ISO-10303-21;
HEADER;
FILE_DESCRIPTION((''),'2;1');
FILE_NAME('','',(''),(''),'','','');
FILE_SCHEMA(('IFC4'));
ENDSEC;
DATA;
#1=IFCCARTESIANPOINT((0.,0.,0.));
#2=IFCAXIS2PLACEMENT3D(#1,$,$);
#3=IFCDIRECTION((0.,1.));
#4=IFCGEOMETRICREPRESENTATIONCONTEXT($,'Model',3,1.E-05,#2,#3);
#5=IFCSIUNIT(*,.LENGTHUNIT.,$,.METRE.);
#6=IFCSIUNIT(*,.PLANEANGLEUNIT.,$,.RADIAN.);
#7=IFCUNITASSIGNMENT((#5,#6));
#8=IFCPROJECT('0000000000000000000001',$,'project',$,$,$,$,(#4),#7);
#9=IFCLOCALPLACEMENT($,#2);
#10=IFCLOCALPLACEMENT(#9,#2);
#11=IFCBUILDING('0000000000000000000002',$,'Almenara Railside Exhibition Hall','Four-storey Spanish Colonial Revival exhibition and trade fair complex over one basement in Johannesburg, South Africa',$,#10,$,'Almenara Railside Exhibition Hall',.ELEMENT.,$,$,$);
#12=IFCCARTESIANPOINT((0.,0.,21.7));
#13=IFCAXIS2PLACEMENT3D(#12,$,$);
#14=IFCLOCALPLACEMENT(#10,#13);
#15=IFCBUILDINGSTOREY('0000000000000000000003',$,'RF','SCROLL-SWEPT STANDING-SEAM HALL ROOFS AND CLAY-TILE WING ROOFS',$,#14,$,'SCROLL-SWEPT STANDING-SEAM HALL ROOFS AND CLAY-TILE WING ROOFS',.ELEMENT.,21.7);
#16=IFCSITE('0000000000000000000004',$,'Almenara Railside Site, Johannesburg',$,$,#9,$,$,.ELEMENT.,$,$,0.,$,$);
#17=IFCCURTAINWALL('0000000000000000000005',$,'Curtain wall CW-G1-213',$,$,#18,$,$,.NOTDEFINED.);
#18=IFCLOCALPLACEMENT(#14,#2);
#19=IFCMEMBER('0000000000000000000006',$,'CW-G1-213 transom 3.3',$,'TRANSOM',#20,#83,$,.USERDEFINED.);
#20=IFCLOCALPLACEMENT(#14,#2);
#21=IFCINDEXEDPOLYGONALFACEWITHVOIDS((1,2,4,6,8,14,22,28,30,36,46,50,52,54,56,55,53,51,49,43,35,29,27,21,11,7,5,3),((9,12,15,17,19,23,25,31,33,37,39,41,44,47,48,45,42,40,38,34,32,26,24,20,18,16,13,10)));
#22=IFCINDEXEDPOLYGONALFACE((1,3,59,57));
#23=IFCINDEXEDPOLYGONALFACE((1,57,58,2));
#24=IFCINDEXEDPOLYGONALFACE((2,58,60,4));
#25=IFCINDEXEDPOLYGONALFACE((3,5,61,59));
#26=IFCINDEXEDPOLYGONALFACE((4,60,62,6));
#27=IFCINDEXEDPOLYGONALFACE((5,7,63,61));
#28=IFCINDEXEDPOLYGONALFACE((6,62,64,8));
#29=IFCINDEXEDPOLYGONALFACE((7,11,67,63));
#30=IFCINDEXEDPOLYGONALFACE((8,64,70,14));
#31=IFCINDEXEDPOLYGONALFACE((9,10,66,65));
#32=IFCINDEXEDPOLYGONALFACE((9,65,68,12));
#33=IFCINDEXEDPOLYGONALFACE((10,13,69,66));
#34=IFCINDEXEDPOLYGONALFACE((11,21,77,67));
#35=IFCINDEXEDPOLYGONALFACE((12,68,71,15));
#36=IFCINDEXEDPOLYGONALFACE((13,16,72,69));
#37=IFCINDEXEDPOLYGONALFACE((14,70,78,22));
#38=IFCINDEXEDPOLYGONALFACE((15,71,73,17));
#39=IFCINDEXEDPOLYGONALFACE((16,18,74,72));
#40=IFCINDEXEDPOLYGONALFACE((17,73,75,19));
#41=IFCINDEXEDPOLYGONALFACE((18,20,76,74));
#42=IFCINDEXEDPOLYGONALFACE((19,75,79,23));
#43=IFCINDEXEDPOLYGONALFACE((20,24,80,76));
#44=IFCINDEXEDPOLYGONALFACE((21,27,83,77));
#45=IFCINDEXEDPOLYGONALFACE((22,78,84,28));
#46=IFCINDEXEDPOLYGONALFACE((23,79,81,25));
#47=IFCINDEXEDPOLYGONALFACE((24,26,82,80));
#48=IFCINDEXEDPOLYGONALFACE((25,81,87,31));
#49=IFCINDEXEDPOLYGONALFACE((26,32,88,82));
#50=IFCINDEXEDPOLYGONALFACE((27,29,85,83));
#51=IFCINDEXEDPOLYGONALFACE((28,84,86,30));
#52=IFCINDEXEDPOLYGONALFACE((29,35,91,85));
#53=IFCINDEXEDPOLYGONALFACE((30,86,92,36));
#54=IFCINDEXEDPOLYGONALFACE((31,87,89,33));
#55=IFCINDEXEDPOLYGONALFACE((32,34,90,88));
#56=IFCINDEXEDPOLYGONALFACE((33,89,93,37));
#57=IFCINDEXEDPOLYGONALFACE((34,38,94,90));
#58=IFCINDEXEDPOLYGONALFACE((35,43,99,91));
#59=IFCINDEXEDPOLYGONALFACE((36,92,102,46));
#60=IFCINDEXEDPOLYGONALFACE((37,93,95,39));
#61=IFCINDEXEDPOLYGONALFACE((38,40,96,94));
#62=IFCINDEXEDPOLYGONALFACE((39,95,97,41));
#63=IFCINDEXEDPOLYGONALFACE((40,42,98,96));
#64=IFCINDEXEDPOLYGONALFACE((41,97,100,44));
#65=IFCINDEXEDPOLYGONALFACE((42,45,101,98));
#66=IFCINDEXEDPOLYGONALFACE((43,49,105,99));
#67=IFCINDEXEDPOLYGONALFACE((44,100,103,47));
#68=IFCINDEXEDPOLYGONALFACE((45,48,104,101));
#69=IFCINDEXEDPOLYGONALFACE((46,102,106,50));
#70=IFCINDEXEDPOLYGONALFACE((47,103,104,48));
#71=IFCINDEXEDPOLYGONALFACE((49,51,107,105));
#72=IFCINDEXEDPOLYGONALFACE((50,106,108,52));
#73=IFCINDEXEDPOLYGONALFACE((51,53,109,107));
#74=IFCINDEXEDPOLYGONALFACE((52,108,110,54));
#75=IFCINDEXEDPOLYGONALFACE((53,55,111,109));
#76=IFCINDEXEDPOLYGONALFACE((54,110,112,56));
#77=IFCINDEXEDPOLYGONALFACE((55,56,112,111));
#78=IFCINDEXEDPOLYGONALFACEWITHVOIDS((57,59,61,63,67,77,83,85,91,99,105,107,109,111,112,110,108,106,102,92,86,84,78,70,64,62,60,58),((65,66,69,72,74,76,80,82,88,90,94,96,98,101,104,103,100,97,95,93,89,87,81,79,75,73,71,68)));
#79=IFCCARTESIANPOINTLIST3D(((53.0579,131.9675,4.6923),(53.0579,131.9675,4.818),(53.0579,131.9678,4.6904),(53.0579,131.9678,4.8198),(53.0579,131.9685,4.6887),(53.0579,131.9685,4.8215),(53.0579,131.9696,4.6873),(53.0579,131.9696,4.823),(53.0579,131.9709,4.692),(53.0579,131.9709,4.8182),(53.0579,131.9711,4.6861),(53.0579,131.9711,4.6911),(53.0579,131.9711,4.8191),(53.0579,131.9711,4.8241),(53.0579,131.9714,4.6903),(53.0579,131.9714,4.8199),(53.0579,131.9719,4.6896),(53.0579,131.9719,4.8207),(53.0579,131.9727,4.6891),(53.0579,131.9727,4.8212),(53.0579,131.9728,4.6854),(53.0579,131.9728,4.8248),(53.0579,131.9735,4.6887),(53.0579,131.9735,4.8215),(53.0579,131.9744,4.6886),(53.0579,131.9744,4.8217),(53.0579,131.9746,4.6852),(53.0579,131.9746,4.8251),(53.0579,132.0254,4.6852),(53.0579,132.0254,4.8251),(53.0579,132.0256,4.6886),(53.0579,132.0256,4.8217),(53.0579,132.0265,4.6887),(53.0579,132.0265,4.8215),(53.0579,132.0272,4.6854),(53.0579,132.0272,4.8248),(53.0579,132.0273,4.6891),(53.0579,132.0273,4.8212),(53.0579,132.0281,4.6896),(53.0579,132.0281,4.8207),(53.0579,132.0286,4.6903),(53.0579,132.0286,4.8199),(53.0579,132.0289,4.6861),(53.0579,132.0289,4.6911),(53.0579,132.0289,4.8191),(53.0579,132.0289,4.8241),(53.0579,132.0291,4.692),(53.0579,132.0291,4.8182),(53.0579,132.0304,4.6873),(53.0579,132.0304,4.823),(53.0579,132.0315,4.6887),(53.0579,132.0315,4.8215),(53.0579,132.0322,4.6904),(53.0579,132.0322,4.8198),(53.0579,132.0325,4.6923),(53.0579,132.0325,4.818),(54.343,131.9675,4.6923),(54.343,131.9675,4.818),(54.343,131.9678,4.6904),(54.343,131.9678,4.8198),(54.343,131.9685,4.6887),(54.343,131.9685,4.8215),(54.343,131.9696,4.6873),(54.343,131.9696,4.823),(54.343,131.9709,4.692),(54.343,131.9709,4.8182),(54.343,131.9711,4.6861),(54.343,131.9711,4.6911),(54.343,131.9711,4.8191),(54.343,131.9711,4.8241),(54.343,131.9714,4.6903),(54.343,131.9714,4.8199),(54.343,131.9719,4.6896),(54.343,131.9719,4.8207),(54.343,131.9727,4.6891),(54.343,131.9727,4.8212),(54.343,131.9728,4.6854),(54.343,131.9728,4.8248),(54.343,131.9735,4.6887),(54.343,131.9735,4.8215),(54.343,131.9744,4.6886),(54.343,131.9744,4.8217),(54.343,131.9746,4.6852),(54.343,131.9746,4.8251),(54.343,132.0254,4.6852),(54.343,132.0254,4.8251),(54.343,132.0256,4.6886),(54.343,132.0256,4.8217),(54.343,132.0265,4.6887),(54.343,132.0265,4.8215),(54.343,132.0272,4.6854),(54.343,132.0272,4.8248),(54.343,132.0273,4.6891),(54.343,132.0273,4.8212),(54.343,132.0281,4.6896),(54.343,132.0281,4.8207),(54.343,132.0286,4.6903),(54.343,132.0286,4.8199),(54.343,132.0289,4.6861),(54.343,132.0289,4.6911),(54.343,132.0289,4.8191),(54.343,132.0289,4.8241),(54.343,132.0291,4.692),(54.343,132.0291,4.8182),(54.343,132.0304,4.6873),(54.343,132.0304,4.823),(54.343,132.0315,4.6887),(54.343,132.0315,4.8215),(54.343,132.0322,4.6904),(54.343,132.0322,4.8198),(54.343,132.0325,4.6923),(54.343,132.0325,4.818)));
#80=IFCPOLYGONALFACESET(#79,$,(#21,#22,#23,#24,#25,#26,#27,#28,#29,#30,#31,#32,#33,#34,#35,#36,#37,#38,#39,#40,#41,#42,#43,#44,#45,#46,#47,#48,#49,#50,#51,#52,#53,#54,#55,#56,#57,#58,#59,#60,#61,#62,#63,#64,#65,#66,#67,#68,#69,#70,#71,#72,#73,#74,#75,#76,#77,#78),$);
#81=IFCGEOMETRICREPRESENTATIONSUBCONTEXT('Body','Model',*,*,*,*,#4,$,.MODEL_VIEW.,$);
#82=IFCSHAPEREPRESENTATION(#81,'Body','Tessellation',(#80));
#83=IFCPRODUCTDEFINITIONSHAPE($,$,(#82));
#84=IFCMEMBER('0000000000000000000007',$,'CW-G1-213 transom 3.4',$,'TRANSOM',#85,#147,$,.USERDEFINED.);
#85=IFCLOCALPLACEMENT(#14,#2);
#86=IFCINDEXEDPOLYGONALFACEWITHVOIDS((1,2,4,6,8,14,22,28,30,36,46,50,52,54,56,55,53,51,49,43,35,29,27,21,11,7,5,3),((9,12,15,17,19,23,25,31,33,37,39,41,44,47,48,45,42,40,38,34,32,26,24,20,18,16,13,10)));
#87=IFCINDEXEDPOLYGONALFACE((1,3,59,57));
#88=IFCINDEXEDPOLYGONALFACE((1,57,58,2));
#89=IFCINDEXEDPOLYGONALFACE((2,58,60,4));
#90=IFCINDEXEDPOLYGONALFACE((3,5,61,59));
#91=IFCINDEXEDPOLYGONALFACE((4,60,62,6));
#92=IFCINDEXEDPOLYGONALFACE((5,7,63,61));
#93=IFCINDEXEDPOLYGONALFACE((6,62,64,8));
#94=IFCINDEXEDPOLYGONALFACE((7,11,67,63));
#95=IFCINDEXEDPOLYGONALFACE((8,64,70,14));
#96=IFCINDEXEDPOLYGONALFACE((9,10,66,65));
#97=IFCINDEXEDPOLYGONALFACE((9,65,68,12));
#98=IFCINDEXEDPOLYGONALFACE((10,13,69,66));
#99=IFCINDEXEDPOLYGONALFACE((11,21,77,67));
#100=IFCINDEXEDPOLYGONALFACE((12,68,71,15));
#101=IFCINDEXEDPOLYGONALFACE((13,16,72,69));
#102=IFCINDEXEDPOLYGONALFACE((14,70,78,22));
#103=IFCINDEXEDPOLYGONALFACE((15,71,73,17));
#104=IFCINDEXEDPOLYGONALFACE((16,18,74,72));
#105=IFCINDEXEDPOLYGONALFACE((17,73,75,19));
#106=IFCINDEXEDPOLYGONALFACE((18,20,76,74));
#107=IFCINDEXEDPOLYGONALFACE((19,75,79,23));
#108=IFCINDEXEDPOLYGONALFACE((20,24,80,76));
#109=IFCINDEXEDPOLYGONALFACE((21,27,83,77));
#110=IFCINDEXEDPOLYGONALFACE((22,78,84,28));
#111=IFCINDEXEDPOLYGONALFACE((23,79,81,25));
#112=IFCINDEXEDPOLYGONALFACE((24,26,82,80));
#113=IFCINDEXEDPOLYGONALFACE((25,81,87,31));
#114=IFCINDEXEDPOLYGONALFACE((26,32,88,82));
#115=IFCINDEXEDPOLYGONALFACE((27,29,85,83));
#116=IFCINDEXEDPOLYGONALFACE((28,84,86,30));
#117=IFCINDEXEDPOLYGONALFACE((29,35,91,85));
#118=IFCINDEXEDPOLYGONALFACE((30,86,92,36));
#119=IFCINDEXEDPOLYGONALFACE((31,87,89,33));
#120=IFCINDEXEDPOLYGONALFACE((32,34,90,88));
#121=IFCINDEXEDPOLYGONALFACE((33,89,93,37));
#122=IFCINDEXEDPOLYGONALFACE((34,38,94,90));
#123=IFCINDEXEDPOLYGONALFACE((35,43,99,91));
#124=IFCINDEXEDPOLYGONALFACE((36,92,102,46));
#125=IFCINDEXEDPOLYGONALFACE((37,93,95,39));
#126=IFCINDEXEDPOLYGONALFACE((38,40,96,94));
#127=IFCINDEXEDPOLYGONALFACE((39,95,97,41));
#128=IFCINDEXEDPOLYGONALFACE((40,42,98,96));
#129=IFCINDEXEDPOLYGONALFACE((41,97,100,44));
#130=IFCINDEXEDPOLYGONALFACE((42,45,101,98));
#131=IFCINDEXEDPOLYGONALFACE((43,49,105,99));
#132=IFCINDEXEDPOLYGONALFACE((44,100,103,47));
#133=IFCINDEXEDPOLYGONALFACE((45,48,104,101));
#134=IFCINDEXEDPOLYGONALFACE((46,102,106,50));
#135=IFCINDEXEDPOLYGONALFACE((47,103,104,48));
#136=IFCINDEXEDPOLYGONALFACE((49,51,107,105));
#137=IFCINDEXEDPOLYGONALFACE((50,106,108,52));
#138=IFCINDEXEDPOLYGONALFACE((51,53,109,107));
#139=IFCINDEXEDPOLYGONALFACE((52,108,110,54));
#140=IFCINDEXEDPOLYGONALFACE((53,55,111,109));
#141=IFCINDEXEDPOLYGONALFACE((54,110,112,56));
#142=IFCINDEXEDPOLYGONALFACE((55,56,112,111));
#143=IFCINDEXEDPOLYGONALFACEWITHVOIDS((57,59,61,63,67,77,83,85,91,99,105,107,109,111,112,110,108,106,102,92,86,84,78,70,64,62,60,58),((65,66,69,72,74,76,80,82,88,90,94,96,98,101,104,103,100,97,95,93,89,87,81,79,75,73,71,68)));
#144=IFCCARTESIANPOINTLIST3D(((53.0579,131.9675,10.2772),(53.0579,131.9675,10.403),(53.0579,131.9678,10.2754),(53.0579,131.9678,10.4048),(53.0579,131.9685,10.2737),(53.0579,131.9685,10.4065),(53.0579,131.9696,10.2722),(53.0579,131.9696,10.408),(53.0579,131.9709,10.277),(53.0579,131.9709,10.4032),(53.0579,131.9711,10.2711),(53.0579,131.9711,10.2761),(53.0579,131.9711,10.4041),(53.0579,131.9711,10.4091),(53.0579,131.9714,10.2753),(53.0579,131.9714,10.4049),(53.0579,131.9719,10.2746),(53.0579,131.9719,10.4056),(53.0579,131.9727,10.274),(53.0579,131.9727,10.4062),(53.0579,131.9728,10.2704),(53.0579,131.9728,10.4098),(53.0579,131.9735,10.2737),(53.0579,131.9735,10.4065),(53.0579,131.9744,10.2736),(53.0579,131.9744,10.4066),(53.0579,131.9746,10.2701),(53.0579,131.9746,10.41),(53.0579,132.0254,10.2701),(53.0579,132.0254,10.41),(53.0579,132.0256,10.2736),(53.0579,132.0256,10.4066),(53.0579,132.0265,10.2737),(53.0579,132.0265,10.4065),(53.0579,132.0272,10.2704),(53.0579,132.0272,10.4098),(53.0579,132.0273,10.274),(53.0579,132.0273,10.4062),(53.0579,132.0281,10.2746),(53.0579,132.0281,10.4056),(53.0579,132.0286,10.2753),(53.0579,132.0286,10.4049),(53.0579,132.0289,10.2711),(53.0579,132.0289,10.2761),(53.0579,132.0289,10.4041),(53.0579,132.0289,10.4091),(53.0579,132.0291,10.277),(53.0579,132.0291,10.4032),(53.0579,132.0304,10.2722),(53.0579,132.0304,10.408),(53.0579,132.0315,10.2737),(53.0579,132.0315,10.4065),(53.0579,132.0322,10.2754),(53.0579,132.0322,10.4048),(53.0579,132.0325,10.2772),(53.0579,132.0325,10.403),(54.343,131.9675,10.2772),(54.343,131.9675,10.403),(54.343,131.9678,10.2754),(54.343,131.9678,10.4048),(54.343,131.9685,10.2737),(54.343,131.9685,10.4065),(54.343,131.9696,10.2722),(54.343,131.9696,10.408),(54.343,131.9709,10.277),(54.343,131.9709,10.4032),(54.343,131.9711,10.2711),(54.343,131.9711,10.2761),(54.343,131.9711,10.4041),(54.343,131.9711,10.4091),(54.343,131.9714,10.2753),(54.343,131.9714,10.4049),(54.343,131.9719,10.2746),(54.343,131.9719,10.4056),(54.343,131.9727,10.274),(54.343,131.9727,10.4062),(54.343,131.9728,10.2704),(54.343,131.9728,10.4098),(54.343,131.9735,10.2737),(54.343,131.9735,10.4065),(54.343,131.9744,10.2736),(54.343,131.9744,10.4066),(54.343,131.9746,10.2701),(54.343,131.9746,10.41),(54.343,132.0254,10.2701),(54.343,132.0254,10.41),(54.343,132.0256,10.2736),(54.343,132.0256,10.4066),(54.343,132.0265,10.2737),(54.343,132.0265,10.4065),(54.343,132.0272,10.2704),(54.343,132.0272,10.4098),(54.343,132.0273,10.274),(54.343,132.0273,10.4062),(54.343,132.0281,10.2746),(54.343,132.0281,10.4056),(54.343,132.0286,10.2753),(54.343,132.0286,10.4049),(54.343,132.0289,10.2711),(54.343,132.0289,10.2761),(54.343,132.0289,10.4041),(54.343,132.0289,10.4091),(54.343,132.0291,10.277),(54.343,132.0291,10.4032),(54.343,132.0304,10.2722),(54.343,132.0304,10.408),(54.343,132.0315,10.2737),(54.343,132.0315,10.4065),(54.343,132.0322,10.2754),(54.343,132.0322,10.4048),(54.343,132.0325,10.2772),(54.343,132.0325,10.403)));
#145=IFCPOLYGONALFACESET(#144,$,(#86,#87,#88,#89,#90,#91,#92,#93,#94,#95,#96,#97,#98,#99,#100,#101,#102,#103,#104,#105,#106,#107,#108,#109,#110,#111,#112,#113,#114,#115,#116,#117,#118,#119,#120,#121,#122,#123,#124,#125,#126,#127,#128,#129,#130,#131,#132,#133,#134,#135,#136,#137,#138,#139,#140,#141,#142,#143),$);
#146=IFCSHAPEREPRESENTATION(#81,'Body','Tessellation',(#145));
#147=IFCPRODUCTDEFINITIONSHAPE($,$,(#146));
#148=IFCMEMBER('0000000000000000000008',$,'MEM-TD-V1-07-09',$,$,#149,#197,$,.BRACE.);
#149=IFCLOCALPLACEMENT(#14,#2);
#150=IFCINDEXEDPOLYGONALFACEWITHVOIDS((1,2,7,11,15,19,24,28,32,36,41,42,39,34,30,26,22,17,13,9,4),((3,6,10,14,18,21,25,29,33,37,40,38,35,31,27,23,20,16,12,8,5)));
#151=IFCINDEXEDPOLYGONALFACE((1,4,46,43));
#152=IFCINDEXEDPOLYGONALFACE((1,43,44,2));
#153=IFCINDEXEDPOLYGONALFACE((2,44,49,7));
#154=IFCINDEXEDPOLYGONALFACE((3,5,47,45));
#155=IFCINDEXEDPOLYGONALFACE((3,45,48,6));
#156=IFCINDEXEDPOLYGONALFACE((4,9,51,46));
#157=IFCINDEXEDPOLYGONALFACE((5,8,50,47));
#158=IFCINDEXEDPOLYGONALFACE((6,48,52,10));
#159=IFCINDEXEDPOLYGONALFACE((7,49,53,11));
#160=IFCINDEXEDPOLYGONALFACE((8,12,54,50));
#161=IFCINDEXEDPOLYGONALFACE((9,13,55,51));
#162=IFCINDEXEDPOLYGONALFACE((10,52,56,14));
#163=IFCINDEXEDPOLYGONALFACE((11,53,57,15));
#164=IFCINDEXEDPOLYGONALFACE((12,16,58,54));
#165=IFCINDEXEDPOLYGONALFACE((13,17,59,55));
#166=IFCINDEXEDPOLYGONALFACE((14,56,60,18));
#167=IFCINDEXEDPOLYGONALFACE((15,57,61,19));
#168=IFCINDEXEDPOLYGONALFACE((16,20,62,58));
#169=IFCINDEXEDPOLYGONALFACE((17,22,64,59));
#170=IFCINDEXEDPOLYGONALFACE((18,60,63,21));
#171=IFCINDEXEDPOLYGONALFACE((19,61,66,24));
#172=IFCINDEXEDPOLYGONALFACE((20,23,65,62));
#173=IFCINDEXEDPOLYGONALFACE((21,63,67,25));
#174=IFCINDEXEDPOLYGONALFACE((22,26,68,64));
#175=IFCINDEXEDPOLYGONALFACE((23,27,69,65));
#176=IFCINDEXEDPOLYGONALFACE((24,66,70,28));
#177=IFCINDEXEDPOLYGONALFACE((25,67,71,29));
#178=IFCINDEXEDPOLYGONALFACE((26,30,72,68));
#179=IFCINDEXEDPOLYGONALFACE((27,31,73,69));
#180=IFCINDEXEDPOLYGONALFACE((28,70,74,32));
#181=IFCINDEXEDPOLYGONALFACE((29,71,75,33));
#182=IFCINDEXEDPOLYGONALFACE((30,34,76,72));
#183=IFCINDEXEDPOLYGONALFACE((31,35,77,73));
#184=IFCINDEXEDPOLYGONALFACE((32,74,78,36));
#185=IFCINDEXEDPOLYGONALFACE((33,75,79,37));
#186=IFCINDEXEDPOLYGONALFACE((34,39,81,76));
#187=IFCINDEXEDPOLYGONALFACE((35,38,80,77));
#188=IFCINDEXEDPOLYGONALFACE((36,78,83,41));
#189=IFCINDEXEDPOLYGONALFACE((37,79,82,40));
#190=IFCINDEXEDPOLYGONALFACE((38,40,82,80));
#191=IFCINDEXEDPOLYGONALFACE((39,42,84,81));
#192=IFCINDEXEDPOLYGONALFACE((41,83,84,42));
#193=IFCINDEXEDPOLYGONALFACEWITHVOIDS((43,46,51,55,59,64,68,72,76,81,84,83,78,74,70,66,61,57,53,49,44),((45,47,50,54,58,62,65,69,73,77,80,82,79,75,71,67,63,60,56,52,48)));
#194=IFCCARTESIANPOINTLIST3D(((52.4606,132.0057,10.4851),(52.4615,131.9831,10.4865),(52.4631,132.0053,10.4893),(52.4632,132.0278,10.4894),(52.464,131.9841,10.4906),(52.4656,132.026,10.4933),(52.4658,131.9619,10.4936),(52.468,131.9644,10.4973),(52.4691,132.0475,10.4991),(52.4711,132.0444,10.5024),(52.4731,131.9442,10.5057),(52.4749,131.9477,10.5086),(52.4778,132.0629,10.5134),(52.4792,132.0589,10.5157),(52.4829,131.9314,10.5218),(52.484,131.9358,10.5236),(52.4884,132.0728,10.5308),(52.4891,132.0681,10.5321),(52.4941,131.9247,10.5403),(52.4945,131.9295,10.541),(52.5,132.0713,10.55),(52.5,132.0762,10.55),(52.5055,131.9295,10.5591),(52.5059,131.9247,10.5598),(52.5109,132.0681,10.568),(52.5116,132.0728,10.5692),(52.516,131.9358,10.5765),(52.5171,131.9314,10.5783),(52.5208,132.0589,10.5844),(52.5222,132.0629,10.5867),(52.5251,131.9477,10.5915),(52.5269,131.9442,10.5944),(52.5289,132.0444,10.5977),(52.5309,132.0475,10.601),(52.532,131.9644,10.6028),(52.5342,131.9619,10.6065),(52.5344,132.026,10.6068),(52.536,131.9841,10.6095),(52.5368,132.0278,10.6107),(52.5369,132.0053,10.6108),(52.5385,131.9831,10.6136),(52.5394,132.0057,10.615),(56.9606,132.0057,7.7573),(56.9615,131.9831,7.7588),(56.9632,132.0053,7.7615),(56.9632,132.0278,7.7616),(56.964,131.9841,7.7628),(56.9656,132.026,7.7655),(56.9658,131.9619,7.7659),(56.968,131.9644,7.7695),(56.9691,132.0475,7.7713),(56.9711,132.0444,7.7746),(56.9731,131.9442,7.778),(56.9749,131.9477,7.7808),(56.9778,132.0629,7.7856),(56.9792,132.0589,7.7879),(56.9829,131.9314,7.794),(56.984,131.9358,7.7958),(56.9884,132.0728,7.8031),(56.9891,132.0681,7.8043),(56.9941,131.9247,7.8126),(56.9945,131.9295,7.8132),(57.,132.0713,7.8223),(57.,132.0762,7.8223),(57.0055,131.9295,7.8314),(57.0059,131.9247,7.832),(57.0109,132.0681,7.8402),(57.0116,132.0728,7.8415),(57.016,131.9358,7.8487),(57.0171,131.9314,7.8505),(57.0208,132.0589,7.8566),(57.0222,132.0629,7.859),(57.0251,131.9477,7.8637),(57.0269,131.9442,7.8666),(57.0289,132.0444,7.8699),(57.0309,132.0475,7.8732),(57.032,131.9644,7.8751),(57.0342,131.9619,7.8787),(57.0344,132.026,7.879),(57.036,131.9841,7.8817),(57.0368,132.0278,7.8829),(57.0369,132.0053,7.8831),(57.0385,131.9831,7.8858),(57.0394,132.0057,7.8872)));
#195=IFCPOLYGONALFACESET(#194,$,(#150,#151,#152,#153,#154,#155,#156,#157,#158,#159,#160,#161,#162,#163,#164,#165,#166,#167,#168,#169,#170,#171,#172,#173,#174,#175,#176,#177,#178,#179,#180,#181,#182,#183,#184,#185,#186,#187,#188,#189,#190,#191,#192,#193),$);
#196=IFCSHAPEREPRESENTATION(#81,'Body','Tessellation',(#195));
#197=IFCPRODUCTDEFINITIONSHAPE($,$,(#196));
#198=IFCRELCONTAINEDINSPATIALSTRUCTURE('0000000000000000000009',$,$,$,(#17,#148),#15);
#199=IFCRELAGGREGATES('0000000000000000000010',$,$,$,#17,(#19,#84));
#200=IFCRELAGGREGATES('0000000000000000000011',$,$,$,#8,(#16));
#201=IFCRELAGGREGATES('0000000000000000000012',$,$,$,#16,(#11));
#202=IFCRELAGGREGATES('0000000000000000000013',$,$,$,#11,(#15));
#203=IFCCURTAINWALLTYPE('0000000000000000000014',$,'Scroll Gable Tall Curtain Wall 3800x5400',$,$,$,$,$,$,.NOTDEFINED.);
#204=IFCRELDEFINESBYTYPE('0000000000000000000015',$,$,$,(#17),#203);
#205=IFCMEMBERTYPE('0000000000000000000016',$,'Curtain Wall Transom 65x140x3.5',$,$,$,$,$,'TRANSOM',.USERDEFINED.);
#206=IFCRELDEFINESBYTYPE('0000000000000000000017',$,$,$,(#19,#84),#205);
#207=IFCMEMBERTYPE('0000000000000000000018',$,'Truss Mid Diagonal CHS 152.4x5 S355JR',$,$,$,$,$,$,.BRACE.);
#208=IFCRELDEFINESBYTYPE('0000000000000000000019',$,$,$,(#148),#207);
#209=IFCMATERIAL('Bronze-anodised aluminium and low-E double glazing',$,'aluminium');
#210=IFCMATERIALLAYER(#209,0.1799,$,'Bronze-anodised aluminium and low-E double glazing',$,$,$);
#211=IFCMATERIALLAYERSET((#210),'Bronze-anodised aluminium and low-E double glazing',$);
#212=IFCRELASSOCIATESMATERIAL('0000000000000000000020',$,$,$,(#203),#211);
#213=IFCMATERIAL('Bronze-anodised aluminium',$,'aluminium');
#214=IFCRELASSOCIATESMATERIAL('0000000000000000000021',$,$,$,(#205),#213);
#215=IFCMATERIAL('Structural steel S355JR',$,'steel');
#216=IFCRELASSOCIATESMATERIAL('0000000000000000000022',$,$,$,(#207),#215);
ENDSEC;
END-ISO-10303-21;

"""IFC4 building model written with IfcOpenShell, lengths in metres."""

from ifc_helpers import new_model, si_unit, direction, frame, origin, origin_2d, place, context, subcontext, project, spatial, hollow_rectangle, hollow_circle, extrude, material, layer, layer_set, material_profile, profile_set, type_object, element, aggregate, save


model = new_model("IFC4")

# Units and contexts
model_context = context("Model", 3, precision=1e-05, world=origin(), true_north=direction((0.0, 1.0)))
body_context = subcontext(model_context, "Body", "Model", "MODEL_VIEW")
ifc_project = project(units=[si_unit("LENGTHUNIT", "METRE"), si_unit("PLANEANGLEUNIT", "RADIAN")], contexts=[model_context])

# Site, building, storey
site_placement = place(None, origin())
site = spatial("IfcSite", under=ifc_project, at=site_placement, Name="Almenara Railside Site, Johannesburg", CompositionType="ELEMENT", RefElevation=0.0)
building_placement = place(site_placement, origin())
building = spatial("IfcBuilding", under=site, at=building_placement, Name="Almenara Railside Exhibition Hall", Description="Four-storey Spanish Colonial Revival exhibition and trade fair complex over one basement in Johannesburg, South Africa", LongName="Almenara Railside Exhibition Hall", CompositionType="ELEMENT")
storey_placement = place(building_placement, frame((0.0, 0.0, 21.7)))
storey = spatial("IfcBuildingStorey", under=building, at=storey_placement, Name="RF", Description="SCROLL-SWEPT STANDING-SEAM HALL ROOFS AND CLAY-TILE WING ROOFS", LongName="SCROLL-SWEPT STANDING-SEAM HALL ROOFS AND CLAY-TILE WING ROOFS", CompositionType="ELEMENT", Elevation=21.7)

# Shared definitions
ifc_material_1 = material(Name="Structural steel S355JR", Category="steel")

# Shared definitions
ifc_material_2 = material(Name="Bronze-anodised aluminium and low-E double glazing", Category="aluminium")
ifc_layer_1 = layer(ifc_material_2, 0.1799, Name="Bronze-anodised aluminium and low-E double glazing")
ifc_layer_set_1 = layer_set([ifc_layer_1], Name="Bronze-anodised aluminium and low-E double glazing")
curtain_wall_type = type_object("IfcCurtainWallType", Name="Scroll Gable Tall Curtain Wall 3800x5400", PredefinedType="NOTDEFINED", material=ifc_layer_set_1)
ifc_material_3 = material(Name="Bronze-anodised aluminium", Category="aluminium")

# Curtain wall
curtain_wall_1_placement = place(storey_placement, origin())
curtain_wall_1 = element("IfcCurtainWall", 1, at=curtain_wall_1_placement, inside=storey, type_object=curtain_wall_type, Name="Curtain wall CW-G1-213", PredefinedType="NOTDEFINED")

# Members
ifc_material_profile_1 = material_profile(ifc_material_3, hollow_rectangle(XDim=0.0649, YDim=0.1399, WallThickness=0.0034, InnerFilletRadius=0.0034, OuterFilletRadius=0.0071, at=origin_2d()), Name="ALU-TRN 65x140x3.5")
ifc_profile_set_1 = profile_set([ifc_material_profile_1], Name="Bronze-anodised aluminium")
member_type_1 = type_object("IfcMemberType", Name="Curtain Wall Transom 65x140x3.5", ElementType="TRANSOM", PredefinedType="USERDEFINED", material=ifc_profile_set_1)
member_1_placement = place(storey_placement, frame((53.0579, 132.0, 4.7551), z_axis=(1.0, 0.0, 0.0), x_axis=(0.0, 1.0, 0.0)))
member_1 = element("IfcMember", 2, at=member_1_placement, type_object=member_type_1, Name="CW-G1-213 transom 3.3", ObjectType="TRANSOM", PredefinedType="USERDEFINED", context=body_context, shape_type="SweptSolid", body=[
    extrude(hollow_rectangle(XDim=0.0649, YDim=0.1399, WallThickness=0.0034, InnerFilletRadius=0.0034, OuterFilletRadius=0.0071, at=origin_2d()), origin(), (0.0, 0.0, 1.0), 1.2852),
])
member_2_placement = place(storey_placement, frame((53.0579, 132.0, 10.3401), z_axis=(1.0, 0.0, 0.0), x_axis=(0.0, 1.0, 0.0)))
member_2 = element("IfcMember", 3, at=member_2_placement, type_object=member_type_1, Name="CW-G1-213 transom 3.4", ObjectType="TRANSOM", PredefinedType="USERDEFINED", context=body_context, shape_type="SweptSolid", body=[
    extrude(hollow_rectangle(XDim=0.0649, YDim=0.1399, WallThickness=0.0034, InnerFilletRadius=0.0034, OuterFilletRadius=0.0071, at=origin_2d()), origin(), (0.0, 0.0, 1.0), 1.2852),
])

# Member
ifc_material_profile_2 = material_profile(ifc_material_1, hollow_circle(Radius=0.0762, WallThickness=0.0049, at=origin_2d()), Name="CHS 152.4x5")
ifc_profile_set_2 = profile_set([ifc_material_profile_2], Name="Structural steel S355JR")
member_type_2 = type_object("IfcMemberType", Name="Truss Mid Diagonal CHS 152.4x5 S355JR", PredefinedType="BRACE", material=ifc_profile_set_2)
member_3_placement = place(storey_placement, frame((52.5, 132.0, 10.55), z_axis=(0.855155, 0.0, -0.518373), x_axis=(0.0, 1.0, 0.0)))
element("IfcMember", 4, at=member_3_placement, inside=storey, type_object=member_type_2, Name="MEM-TD-V1-07-09", PredefinedType="BRACE", context=body_context, shape_type="SweptSolid", body=[
    extrude(hollow_circle(Radius=0.0762, WallThickness=0.0049, at=origin_2d()), origin(), (0.0, 0.0, 1.0), 5.2622),
])

aggregate(curtain_wall_1, [member_1, member_2])

save(model, "model.ifc")
